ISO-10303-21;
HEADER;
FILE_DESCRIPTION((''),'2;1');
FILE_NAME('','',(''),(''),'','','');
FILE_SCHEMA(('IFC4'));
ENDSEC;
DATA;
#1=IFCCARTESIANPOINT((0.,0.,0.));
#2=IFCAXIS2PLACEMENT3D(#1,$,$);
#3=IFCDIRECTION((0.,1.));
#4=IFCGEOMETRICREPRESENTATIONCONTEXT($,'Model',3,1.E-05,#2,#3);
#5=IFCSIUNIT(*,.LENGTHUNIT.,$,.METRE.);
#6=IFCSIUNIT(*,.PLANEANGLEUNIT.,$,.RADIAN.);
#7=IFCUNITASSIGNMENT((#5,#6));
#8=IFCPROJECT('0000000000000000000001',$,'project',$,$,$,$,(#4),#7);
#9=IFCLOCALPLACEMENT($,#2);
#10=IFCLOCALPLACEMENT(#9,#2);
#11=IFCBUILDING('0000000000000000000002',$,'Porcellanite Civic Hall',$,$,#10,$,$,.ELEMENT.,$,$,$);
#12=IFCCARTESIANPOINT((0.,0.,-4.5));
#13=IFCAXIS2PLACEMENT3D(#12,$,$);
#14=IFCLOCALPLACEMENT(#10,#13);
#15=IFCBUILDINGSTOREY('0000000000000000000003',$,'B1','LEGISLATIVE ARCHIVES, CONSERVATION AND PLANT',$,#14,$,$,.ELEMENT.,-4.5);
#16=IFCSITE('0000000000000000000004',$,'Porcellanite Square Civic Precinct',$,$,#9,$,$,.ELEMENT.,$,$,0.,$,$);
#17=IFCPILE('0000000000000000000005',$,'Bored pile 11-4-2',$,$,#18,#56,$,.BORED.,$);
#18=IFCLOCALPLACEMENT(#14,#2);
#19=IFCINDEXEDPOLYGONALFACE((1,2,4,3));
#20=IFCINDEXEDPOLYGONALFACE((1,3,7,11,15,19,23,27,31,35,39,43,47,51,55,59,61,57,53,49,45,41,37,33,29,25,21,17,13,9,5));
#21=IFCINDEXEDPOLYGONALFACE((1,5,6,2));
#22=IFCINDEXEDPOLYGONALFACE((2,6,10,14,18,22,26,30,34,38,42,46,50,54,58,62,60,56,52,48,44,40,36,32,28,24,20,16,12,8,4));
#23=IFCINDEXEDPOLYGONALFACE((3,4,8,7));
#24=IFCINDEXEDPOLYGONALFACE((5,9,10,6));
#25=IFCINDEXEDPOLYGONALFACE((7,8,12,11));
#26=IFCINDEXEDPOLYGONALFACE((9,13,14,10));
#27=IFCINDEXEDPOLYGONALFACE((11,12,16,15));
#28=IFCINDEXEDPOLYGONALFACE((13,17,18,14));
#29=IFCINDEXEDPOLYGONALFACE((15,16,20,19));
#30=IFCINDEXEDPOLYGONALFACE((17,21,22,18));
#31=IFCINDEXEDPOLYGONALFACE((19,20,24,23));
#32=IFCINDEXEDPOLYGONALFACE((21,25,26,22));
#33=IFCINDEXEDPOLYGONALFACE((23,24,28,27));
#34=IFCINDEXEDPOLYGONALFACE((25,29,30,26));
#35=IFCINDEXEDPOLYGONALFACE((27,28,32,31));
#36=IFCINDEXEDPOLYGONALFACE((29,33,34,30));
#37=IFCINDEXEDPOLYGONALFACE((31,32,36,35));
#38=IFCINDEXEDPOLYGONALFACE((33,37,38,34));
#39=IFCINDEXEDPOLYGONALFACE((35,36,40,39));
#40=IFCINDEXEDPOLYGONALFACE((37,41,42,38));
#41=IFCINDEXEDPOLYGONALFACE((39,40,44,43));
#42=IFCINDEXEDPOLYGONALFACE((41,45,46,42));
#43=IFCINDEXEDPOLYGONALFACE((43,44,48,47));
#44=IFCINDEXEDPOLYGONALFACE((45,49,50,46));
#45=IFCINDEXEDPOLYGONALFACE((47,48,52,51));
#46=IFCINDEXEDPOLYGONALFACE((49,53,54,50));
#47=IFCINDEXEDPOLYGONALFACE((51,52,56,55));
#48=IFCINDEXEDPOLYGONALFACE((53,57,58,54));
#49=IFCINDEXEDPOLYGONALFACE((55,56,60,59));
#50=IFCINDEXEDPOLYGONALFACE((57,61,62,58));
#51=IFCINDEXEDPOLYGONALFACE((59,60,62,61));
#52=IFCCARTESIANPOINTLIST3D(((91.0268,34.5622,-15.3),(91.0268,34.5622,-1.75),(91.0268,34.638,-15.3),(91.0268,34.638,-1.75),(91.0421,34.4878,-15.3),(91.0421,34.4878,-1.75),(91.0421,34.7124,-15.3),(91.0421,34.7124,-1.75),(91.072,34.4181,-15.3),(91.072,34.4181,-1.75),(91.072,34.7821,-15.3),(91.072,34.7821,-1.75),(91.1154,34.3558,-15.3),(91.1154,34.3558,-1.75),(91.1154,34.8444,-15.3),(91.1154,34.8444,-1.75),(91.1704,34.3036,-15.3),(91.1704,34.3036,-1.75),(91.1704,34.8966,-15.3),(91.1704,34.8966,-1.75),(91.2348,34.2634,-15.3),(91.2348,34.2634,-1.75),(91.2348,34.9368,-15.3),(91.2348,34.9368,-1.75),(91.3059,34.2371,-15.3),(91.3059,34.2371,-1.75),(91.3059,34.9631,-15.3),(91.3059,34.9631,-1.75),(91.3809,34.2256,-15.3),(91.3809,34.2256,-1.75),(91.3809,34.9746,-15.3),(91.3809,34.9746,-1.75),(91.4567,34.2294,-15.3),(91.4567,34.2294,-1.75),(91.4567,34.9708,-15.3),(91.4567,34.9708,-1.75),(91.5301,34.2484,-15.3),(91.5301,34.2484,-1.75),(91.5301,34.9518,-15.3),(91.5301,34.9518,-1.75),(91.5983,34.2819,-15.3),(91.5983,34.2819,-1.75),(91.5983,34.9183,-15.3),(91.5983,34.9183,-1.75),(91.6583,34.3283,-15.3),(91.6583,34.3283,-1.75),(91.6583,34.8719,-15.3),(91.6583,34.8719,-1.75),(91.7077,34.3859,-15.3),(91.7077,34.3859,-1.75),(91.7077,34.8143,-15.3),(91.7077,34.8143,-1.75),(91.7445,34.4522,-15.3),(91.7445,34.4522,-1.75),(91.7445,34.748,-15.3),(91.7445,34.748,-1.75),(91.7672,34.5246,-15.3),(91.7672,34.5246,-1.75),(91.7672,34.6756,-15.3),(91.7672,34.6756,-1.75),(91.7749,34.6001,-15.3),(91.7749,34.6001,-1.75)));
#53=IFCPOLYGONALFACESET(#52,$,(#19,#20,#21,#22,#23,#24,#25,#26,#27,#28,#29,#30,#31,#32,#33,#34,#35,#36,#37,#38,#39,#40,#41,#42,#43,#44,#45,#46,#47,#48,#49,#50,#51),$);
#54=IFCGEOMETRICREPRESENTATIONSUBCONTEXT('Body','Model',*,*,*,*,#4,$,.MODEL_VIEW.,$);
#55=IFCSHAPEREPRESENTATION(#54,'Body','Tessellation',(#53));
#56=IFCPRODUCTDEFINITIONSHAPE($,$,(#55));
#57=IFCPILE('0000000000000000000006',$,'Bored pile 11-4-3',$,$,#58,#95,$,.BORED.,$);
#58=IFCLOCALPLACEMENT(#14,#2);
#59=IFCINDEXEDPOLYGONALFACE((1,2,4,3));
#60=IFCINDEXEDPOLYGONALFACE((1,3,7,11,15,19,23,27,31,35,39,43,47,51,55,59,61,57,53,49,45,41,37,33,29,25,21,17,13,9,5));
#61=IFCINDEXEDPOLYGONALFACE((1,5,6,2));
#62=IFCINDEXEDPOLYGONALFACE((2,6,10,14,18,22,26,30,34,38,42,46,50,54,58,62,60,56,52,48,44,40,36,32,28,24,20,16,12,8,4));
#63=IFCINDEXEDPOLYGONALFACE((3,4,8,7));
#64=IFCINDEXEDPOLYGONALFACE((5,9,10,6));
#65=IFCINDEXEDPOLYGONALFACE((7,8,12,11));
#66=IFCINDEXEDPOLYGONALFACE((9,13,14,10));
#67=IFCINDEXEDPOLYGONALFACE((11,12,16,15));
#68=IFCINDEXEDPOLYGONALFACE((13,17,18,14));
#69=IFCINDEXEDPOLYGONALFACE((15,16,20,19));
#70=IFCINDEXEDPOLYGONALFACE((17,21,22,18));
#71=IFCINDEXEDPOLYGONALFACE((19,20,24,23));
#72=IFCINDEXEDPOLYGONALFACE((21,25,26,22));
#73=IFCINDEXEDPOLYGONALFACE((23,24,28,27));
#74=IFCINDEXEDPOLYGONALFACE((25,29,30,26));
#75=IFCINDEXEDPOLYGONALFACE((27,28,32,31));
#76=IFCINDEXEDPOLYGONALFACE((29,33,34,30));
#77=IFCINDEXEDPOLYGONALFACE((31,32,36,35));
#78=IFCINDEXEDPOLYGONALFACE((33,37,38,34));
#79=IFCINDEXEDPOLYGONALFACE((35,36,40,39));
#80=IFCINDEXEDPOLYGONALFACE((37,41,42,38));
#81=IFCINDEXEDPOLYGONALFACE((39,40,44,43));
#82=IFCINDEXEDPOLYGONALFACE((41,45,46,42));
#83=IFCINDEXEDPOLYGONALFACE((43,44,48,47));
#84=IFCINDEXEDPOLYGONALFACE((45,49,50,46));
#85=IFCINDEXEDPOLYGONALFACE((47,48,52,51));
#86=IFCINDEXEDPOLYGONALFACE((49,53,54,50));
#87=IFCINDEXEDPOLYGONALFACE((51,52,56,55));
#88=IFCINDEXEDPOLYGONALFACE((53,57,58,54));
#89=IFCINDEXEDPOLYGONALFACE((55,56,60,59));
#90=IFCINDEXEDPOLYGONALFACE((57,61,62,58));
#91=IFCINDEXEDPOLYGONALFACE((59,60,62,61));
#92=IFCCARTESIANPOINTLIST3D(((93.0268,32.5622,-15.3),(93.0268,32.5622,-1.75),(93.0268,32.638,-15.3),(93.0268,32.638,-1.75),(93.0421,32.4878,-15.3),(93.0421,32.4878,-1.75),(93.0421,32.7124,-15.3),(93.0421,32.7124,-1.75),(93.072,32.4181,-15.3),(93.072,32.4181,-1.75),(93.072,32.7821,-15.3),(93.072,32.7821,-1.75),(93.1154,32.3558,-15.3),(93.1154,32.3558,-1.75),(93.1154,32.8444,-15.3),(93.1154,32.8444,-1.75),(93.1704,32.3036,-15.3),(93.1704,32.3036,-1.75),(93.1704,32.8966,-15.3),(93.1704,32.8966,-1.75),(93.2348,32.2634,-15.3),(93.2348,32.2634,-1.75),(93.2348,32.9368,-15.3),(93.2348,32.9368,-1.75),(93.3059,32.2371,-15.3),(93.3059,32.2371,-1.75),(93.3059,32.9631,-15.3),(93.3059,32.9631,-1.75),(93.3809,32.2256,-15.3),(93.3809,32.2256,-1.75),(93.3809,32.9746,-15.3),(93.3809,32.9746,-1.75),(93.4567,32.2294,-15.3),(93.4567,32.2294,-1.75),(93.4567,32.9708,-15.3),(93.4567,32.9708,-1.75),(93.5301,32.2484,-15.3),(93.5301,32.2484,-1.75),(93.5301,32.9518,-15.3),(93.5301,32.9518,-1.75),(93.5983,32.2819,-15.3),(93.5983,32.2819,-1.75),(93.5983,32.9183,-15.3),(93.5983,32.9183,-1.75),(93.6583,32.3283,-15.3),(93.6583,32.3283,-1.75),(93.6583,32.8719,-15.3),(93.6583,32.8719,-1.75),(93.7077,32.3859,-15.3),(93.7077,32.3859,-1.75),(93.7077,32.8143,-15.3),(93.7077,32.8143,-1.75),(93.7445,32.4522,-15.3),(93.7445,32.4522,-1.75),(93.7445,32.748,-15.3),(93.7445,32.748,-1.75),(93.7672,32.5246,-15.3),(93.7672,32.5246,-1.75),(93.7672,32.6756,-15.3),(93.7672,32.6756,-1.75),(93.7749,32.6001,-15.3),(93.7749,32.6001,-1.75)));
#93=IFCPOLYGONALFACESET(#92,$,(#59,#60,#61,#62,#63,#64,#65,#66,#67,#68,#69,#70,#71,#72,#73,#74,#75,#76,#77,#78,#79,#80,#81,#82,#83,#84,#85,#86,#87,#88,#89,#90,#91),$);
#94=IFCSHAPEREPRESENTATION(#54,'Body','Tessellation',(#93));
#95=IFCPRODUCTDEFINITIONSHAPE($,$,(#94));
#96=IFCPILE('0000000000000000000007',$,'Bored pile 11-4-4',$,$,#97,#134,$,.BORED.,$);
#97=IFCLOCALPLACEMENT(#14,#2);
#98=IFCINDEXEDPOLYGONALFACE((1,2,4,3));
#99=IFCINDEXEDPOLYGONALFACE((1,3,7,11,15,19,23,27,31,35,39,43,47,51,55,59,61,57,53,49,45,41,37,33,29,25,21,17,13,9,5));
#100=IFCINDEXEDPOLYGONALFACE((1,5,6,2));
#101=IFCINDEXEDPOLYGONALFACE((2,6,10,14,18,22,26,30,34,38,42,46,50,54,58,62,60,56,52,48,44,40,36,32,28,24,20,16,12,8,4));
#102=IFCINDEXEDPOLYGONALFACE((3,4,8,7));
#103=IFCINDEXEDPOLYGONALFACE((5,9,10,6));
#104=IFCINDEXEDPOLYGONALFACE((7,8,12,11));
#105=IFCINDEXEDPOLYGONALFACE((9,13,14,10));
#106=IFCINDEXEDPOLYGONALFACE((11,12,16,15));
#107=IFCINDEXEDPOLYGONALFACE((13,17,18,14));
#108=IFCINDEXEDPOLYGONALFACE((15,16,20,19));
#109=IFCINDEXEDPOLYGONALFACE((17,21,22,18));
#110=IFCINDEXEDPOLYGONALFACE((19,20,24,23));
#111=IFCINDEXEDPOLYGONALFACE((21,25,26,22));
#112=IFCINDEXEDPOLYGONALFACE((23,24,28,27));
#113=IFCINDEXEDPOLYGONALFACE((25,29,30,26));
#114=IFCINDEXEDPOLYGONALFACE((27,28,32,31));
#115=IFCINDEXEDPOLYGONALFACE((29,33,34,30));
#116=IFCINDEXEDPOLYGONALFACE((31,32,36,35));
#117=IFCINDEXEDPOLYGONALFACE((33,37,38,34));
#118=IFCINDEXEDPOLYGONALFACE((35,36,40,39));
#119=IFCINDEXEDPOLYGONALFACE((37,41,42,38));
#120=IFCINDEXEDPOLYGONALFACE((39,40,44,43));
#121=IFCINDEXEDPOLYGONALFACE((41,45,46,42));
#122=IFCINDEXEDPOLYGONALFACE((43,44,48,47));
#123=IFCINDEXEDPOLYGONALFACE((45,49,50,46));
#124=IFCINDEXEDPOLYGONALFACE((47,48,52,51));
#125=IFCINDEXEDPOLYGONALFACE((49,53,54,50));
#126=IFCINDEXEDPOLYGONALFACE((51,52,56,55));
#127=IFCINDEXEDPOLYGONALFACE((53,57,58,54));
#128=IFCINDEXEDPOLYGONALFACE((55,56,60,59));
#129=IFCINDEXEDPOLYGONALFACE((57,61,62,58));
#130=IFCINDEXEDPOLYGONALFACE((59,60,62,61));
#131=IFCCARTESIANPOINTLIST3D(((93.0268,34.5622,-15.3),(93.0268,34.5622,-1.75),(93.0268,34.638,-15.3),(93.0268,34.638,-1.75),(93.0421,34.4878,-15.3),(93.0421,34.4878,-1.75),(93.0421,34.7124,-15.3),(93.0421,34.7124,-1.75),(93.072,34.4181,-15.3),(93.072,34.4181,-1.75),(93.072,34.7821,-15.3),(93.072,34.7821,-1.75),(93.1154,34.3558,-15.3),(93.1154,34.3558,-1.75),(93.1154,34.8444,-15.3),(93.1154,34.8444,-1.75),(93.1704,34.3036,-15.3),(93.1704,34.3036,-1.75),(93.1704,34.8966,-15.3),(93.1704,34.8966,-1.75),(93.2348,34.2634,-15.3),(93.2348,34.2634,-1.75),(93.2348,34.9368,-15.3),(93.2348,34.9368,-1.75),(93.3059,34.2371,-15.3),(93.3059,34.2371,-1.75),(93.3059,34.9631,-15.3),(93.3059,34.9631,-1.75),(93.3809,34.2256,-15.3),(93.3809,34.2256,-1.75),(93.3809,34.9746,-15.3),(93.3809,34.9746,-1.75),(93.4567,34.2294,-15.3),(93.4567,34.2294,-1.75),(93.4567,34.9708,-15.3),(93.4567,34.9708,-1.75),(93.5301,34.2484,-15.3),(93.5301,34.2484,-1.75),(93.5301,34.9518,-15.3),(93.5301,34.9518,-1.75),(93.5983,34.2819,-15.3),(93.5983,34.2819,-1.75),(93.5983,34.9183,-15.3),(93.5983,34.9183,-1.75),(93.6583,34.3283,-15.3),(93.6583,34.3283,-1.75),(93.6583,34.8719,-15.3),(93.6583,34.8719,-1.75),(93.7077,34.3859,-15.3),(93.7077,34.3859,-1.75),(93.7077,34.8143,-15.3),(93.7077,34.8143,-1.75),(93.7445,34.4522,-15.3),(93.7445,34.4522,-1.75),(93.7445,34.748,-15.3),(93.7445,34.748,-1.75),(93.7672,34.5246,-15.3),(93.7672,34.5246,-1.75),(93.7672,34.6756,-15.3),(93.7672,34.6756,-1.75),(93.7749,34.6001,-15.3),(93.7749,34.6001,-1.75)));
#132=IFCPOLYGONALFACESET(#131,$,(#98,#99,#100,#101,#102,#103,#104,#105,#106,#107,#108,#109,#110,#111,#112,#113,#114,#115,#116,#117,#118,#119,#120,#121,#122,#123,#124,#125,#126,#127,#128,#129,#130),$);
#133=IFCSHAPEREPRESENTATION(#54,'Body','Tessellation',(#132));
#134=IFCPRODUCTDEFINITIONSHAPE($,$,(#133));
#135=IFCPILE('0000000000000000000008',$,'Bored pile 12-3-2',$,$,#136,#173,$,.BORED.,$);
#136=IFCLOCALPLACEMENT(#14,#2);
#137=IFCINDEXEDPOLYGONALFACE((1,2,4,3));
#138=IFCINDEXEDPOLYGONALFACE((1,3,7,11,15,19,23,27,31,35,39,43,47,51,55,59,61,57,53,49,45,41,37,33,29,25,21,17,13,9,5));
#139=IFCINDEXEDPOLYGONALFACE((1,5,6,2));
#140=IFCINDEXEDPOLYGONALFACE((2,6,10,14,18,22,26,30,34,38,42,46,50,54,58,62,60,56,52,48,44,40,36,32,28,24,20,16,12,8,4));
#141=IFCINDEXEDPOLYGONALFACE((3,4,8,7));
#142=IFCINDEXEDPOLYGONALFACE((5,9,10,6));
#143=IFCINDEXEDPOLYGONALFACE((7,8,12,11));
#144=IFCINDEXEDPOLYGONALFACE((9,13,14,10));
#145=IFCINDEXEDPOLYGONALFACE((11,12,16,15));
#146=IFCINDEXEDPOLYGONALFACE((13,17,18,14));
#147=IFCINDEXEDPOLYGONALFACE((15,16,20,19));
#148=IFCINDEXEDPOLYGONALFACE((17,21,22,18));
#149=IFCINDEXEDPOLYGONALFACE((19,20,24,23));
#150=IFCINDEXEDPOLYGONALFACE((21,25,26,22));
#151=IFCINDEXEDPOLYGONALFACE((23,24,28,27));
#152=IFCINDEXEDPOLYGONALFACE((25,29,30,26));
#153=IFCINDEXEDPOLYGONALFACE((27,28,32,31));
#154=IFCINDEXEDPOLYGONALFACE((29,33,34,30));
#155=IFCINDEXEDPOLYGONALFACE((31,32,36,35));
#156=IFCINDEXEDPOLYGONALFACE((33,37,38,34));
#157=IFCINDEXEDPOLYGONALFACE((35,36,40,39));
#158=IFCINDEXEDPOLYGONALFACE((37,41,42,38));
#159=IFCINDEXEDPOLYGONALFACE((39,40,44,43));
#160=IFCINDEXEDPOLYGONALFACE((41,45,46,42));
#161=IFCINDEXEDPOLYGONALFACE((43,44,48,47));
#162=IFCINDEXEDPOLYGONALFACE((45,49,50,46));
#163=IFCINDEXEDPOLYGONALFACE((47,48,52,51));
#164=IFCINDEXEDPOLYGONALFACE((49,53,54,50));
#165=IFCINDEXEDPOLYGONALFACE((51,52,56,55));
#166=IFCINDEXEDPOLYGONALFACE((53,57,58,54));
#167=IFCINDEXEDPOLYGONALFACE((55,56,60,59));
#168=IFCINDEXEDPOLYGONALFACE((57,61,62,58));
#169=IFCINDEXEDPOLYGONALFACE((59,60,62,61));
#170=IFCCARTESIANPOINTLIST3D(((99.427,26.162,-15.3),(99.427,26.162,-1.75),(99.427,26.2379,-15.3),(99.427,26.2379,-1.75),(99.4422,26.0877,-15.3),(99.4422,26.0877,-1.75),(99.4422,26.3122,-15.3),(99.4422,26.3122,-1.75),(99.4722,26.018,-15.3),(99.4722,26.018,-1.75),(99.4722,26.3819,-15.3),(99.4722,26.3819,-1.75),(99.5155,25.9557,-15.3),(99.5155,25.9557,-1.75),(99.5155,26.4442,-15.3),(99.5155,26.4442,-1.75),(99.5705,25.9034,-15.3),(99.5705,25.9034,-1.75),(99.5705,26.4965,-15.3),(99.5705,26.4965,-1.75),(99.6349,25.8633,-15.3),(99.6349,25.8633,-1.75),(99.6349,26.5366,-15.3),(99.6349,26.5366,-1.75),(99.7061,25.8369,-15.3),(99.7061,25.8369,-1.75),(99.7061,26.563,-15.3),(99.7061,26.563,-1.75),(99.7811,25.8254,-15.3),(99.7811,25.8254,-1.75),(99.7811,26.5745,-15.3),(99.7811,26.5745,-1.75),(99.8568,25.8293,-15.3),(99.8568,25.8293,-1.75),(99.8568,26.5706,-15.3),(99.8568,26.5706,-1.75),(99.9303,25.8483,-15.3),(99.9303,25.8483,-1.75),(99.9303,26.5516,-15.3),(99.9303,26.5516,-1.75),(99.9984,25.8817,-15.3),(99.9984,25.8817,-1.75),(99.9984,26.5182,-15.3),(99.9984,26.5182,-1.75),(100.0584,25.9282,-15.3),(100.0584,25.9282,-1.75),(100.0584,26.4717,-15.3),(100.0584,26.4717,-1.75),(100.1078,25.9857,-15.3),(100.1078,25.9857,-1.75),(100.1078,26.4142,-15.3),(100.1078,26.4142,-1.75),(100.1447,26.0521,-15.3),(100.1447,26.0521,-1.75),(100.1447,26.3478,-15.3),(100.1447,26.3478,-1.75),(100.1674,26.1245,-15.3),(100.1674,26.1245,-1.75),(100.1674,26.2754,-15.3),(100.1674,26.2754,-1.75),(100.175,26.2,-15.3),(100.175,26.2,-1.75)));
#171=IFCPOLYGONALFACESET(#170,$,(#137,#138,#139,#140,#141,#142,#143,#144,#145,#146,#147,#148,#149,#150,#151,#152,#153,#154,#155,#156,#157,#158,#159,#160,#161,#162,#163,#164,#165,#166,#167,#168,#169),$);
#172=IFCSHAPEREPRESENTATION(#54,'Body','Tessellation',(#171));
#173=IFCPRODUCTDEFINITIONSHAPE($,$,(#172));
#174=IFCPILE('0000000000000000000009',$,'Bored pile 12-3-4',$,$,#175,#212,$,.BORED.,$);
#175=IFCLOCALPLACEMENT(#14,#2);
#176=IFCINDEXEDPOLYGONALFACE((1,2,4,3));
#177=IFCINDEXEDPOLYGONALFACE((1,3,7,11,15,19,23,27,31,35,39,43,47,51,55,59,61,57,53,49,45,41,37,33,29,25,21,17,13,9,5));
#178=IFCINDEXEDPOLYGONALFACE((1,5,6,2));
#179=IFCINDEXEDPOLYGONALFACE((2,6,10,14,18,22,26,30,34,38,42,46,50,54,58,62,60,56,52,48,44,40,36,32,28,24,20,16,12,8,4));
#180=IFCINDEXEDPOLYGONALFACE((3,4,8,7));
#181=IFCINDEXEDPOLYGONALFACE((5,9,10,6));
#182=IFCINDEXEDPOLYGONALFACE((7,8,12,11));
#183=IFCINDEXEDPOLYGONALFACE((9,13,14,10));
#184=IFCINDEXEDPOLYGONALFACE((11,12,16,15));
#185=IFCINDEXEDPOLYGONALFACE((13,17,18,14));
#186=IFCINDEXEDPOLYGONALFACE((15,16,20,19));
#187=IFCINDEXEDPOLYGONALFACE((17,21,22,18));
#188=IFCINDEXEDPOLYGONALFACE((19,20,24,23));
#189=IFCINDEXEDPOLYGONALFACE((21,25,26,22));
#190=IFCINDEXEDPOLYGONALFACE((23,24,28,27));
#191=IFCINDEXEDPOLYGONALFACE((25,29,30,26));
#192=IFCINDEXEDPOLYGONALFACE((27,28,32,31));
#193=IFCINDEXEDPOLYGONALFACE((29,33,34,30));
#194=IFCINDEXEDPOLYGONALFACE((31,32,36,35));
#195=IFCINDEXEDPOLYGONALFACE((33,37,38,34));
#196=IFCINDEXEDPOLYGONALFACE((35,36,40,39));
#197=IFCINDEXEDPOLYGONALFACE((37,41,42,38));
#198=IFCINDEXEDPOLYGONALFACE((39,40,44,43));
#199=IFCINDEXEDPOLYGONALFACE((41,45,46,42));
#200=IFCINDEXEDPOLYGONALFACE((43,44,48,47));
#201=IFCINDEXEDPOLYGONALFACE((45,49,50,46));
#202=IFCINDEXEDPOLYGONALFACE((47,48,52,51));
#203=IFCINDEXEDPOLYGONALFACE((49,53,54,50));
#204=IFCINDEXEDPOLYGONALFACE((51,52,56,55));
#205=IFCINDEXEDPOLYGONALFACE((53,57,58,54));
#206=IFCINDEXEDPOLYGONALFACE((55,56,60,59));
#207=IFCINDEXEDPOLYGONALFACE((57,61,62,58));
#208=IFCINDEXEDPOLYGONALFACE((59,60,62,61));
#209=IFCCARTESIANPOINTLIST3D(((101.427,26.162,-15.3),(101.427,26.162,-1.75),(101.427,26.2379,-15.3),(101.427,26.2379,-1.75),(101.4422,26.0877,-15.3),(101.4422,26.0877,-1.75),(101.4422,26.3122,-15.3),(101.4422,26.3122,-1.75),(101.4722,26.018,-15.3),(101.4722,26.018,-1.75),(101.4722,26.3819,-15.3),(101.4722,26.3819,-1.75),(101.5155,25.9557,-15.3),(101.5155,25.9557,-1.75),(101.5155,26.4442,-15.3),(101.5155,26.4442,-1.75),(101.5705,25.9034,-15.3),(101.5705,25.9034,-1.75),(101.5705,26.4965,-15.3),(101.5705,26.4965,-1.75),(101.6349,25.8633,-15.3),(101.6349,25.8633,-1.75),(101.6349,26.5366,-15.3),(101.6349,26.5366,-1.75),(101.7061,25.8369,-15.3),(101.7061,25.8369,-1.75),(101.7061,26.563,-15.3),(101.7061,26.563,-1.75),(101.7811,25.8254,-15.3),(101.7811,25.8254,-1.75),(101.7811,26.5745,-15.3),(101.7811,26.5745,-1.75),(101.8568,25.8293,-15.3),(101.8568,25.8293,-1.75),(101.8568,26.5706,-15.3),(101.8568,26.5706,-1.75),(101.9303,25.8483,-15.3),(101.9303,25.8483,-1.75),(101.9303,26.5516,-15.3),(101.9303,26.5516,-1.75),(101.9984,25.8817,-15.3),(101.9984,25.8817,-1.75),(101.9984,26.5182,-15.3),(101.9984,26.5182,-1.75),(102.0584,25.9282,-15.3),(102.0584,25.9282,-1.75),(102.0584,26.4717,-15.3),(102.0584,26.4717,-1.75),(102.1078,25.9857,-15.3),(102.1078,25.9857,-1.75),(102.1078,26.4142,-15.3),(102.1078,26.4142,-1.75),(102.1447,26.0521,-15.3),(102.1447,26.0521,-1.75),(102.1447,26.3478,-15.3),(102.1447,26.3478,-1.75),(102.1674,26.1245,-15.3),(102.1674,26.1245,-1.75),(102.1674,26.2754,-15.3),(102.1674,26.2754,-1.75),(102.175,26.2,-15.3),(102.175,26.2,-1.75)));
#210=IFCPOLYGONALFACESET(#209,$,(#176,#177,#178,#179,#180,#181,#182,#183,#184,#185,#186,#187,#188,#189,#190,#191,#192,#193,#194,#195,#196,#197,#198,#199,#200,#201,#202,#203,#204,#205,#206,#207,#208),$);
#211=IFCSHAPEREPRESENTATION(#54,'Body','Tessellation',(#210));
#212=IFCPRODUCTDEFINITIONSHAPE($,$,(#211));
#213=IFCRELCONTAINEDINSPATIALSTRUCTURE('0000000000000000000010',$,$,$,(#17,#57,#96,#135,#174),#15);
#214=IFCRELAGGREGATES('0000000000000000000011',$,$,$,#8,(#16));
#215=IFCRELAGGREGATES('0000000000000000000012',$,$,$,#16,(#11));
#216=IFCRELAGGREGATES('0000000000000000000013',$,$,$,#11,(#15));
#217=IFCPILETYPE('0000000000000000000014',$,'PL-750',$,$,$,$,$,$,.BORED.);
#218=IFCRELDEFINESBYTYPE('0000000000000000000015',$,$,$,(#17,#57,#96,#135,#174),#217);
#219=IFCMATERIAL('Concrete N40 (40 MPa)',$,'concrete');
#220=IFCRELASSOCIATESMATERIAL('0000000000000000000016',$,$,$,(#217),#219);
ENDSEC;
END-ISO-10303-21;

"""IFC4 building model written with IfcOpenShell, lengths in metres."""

from ifc_helpers import new_model, si_unit, direction, frame, origin, origin_2d, place, context, subcontext, project, spatial, circle, extrude, material, material_profile, profile_set, type_object, element, save


model = new_model("IFC4")

# Units and contexts
model_context = context("Model", 3, precision=1e-05, world=origin(), true_north=direction((0.0, 1.0)))
body_context = subcontext(model_context, "Body", "Model", "MODEL_VIEW")
ifc_project = project(units=[si_unit("LENGTHUNIT", "METRE"), si_unit("PLANEANGLEUNIT", "RADIAN")], contexts=[model_context])

# Site, building, storey
site_placement = place(None, origin())
site = spatial("IfcSite", under=ifc_project, at=site_placement, Name="Porcellanite Square Civic Precinct", CompositionType="ELEMENT", RefElevation=0.0)
building_placement = place(site_placement, origin())
building = spatial("IfcBuilding", under=site, at=building_placement, Name="Porcellanite Civic Hall", CompositionType="ELEMENT")
storey_placement = place(building_placement, frame((0.0, 0.0, -4.5)))
storey = spatial("IfcBuildingStorey", under=building, at=storey_placement, Name="B1", Description="LEGISLATIVE ARCHIVES, CONSERVATION AND PLANT", CompositionType="ELEMENT", Elevation=-4.5)

# Piles
ifc_material_1 = material(Name="Concrete N40 (40 MPa)", Category="concrete")
ifc_material_profile_1 = material_profile(ifc_material_1, circle(Radius=0.375, at=origin_2d()), Name="PILE-D750")
ifc_profile_set_1 = profile_set([ifc_material_profile_1], Name="Concrete N40 (40 MPa)")
pile_type_1 = type_object("IfcPileType", Name="PL-750", PredefinedType="BORED", material=ifc_profile_set_1)
for number, where, z_axis, x_axis, name in (
    (1, (91.3999, 34.6001, -1.75), (0.0, 0.0, -1.0), (1.0, 0.0, 0.0), "Bored pile 11-4-2"),
    (2, (93.3999, 32.6001, -1.75), (0.0, 0.0, -1.0), (1.0, 0.0, 0.0), "Bored pile 11-4-3"),
    (3, (93.3999, 34.6001, -1.75), (0.0, 0.0, -1.0), (1.0, 0.0, 0.0), "Bored pile 11-4-4"),
    (4, (99.8, 26.2, -1.75), (0.0, 0.0, -1.0), (1.0, 0.0, 0.0), "Bored pile 12-3-2"),
    (5, (101.8, 26.2, -1.75), (0.0, 0.0, -1.0), (1.0, 0.0, 0.0), "Bored pile 12-3-4"),
):
    element("IfcPile", number, at=place(storey_placement, frame(where, z_axis=z_axis, x_axis=x_axis)), inside=storey, type_object=pile_type_1, Name=name, PredefinedType="BORED", context=body_context, shape_type="SweptSolid", body=[
        extrude(circle(Radius=0.375, at=origin_2d()), origin(), (0.0, 0.0, 1.0), 13.55),
    ])

save(model, "model.ifc")
